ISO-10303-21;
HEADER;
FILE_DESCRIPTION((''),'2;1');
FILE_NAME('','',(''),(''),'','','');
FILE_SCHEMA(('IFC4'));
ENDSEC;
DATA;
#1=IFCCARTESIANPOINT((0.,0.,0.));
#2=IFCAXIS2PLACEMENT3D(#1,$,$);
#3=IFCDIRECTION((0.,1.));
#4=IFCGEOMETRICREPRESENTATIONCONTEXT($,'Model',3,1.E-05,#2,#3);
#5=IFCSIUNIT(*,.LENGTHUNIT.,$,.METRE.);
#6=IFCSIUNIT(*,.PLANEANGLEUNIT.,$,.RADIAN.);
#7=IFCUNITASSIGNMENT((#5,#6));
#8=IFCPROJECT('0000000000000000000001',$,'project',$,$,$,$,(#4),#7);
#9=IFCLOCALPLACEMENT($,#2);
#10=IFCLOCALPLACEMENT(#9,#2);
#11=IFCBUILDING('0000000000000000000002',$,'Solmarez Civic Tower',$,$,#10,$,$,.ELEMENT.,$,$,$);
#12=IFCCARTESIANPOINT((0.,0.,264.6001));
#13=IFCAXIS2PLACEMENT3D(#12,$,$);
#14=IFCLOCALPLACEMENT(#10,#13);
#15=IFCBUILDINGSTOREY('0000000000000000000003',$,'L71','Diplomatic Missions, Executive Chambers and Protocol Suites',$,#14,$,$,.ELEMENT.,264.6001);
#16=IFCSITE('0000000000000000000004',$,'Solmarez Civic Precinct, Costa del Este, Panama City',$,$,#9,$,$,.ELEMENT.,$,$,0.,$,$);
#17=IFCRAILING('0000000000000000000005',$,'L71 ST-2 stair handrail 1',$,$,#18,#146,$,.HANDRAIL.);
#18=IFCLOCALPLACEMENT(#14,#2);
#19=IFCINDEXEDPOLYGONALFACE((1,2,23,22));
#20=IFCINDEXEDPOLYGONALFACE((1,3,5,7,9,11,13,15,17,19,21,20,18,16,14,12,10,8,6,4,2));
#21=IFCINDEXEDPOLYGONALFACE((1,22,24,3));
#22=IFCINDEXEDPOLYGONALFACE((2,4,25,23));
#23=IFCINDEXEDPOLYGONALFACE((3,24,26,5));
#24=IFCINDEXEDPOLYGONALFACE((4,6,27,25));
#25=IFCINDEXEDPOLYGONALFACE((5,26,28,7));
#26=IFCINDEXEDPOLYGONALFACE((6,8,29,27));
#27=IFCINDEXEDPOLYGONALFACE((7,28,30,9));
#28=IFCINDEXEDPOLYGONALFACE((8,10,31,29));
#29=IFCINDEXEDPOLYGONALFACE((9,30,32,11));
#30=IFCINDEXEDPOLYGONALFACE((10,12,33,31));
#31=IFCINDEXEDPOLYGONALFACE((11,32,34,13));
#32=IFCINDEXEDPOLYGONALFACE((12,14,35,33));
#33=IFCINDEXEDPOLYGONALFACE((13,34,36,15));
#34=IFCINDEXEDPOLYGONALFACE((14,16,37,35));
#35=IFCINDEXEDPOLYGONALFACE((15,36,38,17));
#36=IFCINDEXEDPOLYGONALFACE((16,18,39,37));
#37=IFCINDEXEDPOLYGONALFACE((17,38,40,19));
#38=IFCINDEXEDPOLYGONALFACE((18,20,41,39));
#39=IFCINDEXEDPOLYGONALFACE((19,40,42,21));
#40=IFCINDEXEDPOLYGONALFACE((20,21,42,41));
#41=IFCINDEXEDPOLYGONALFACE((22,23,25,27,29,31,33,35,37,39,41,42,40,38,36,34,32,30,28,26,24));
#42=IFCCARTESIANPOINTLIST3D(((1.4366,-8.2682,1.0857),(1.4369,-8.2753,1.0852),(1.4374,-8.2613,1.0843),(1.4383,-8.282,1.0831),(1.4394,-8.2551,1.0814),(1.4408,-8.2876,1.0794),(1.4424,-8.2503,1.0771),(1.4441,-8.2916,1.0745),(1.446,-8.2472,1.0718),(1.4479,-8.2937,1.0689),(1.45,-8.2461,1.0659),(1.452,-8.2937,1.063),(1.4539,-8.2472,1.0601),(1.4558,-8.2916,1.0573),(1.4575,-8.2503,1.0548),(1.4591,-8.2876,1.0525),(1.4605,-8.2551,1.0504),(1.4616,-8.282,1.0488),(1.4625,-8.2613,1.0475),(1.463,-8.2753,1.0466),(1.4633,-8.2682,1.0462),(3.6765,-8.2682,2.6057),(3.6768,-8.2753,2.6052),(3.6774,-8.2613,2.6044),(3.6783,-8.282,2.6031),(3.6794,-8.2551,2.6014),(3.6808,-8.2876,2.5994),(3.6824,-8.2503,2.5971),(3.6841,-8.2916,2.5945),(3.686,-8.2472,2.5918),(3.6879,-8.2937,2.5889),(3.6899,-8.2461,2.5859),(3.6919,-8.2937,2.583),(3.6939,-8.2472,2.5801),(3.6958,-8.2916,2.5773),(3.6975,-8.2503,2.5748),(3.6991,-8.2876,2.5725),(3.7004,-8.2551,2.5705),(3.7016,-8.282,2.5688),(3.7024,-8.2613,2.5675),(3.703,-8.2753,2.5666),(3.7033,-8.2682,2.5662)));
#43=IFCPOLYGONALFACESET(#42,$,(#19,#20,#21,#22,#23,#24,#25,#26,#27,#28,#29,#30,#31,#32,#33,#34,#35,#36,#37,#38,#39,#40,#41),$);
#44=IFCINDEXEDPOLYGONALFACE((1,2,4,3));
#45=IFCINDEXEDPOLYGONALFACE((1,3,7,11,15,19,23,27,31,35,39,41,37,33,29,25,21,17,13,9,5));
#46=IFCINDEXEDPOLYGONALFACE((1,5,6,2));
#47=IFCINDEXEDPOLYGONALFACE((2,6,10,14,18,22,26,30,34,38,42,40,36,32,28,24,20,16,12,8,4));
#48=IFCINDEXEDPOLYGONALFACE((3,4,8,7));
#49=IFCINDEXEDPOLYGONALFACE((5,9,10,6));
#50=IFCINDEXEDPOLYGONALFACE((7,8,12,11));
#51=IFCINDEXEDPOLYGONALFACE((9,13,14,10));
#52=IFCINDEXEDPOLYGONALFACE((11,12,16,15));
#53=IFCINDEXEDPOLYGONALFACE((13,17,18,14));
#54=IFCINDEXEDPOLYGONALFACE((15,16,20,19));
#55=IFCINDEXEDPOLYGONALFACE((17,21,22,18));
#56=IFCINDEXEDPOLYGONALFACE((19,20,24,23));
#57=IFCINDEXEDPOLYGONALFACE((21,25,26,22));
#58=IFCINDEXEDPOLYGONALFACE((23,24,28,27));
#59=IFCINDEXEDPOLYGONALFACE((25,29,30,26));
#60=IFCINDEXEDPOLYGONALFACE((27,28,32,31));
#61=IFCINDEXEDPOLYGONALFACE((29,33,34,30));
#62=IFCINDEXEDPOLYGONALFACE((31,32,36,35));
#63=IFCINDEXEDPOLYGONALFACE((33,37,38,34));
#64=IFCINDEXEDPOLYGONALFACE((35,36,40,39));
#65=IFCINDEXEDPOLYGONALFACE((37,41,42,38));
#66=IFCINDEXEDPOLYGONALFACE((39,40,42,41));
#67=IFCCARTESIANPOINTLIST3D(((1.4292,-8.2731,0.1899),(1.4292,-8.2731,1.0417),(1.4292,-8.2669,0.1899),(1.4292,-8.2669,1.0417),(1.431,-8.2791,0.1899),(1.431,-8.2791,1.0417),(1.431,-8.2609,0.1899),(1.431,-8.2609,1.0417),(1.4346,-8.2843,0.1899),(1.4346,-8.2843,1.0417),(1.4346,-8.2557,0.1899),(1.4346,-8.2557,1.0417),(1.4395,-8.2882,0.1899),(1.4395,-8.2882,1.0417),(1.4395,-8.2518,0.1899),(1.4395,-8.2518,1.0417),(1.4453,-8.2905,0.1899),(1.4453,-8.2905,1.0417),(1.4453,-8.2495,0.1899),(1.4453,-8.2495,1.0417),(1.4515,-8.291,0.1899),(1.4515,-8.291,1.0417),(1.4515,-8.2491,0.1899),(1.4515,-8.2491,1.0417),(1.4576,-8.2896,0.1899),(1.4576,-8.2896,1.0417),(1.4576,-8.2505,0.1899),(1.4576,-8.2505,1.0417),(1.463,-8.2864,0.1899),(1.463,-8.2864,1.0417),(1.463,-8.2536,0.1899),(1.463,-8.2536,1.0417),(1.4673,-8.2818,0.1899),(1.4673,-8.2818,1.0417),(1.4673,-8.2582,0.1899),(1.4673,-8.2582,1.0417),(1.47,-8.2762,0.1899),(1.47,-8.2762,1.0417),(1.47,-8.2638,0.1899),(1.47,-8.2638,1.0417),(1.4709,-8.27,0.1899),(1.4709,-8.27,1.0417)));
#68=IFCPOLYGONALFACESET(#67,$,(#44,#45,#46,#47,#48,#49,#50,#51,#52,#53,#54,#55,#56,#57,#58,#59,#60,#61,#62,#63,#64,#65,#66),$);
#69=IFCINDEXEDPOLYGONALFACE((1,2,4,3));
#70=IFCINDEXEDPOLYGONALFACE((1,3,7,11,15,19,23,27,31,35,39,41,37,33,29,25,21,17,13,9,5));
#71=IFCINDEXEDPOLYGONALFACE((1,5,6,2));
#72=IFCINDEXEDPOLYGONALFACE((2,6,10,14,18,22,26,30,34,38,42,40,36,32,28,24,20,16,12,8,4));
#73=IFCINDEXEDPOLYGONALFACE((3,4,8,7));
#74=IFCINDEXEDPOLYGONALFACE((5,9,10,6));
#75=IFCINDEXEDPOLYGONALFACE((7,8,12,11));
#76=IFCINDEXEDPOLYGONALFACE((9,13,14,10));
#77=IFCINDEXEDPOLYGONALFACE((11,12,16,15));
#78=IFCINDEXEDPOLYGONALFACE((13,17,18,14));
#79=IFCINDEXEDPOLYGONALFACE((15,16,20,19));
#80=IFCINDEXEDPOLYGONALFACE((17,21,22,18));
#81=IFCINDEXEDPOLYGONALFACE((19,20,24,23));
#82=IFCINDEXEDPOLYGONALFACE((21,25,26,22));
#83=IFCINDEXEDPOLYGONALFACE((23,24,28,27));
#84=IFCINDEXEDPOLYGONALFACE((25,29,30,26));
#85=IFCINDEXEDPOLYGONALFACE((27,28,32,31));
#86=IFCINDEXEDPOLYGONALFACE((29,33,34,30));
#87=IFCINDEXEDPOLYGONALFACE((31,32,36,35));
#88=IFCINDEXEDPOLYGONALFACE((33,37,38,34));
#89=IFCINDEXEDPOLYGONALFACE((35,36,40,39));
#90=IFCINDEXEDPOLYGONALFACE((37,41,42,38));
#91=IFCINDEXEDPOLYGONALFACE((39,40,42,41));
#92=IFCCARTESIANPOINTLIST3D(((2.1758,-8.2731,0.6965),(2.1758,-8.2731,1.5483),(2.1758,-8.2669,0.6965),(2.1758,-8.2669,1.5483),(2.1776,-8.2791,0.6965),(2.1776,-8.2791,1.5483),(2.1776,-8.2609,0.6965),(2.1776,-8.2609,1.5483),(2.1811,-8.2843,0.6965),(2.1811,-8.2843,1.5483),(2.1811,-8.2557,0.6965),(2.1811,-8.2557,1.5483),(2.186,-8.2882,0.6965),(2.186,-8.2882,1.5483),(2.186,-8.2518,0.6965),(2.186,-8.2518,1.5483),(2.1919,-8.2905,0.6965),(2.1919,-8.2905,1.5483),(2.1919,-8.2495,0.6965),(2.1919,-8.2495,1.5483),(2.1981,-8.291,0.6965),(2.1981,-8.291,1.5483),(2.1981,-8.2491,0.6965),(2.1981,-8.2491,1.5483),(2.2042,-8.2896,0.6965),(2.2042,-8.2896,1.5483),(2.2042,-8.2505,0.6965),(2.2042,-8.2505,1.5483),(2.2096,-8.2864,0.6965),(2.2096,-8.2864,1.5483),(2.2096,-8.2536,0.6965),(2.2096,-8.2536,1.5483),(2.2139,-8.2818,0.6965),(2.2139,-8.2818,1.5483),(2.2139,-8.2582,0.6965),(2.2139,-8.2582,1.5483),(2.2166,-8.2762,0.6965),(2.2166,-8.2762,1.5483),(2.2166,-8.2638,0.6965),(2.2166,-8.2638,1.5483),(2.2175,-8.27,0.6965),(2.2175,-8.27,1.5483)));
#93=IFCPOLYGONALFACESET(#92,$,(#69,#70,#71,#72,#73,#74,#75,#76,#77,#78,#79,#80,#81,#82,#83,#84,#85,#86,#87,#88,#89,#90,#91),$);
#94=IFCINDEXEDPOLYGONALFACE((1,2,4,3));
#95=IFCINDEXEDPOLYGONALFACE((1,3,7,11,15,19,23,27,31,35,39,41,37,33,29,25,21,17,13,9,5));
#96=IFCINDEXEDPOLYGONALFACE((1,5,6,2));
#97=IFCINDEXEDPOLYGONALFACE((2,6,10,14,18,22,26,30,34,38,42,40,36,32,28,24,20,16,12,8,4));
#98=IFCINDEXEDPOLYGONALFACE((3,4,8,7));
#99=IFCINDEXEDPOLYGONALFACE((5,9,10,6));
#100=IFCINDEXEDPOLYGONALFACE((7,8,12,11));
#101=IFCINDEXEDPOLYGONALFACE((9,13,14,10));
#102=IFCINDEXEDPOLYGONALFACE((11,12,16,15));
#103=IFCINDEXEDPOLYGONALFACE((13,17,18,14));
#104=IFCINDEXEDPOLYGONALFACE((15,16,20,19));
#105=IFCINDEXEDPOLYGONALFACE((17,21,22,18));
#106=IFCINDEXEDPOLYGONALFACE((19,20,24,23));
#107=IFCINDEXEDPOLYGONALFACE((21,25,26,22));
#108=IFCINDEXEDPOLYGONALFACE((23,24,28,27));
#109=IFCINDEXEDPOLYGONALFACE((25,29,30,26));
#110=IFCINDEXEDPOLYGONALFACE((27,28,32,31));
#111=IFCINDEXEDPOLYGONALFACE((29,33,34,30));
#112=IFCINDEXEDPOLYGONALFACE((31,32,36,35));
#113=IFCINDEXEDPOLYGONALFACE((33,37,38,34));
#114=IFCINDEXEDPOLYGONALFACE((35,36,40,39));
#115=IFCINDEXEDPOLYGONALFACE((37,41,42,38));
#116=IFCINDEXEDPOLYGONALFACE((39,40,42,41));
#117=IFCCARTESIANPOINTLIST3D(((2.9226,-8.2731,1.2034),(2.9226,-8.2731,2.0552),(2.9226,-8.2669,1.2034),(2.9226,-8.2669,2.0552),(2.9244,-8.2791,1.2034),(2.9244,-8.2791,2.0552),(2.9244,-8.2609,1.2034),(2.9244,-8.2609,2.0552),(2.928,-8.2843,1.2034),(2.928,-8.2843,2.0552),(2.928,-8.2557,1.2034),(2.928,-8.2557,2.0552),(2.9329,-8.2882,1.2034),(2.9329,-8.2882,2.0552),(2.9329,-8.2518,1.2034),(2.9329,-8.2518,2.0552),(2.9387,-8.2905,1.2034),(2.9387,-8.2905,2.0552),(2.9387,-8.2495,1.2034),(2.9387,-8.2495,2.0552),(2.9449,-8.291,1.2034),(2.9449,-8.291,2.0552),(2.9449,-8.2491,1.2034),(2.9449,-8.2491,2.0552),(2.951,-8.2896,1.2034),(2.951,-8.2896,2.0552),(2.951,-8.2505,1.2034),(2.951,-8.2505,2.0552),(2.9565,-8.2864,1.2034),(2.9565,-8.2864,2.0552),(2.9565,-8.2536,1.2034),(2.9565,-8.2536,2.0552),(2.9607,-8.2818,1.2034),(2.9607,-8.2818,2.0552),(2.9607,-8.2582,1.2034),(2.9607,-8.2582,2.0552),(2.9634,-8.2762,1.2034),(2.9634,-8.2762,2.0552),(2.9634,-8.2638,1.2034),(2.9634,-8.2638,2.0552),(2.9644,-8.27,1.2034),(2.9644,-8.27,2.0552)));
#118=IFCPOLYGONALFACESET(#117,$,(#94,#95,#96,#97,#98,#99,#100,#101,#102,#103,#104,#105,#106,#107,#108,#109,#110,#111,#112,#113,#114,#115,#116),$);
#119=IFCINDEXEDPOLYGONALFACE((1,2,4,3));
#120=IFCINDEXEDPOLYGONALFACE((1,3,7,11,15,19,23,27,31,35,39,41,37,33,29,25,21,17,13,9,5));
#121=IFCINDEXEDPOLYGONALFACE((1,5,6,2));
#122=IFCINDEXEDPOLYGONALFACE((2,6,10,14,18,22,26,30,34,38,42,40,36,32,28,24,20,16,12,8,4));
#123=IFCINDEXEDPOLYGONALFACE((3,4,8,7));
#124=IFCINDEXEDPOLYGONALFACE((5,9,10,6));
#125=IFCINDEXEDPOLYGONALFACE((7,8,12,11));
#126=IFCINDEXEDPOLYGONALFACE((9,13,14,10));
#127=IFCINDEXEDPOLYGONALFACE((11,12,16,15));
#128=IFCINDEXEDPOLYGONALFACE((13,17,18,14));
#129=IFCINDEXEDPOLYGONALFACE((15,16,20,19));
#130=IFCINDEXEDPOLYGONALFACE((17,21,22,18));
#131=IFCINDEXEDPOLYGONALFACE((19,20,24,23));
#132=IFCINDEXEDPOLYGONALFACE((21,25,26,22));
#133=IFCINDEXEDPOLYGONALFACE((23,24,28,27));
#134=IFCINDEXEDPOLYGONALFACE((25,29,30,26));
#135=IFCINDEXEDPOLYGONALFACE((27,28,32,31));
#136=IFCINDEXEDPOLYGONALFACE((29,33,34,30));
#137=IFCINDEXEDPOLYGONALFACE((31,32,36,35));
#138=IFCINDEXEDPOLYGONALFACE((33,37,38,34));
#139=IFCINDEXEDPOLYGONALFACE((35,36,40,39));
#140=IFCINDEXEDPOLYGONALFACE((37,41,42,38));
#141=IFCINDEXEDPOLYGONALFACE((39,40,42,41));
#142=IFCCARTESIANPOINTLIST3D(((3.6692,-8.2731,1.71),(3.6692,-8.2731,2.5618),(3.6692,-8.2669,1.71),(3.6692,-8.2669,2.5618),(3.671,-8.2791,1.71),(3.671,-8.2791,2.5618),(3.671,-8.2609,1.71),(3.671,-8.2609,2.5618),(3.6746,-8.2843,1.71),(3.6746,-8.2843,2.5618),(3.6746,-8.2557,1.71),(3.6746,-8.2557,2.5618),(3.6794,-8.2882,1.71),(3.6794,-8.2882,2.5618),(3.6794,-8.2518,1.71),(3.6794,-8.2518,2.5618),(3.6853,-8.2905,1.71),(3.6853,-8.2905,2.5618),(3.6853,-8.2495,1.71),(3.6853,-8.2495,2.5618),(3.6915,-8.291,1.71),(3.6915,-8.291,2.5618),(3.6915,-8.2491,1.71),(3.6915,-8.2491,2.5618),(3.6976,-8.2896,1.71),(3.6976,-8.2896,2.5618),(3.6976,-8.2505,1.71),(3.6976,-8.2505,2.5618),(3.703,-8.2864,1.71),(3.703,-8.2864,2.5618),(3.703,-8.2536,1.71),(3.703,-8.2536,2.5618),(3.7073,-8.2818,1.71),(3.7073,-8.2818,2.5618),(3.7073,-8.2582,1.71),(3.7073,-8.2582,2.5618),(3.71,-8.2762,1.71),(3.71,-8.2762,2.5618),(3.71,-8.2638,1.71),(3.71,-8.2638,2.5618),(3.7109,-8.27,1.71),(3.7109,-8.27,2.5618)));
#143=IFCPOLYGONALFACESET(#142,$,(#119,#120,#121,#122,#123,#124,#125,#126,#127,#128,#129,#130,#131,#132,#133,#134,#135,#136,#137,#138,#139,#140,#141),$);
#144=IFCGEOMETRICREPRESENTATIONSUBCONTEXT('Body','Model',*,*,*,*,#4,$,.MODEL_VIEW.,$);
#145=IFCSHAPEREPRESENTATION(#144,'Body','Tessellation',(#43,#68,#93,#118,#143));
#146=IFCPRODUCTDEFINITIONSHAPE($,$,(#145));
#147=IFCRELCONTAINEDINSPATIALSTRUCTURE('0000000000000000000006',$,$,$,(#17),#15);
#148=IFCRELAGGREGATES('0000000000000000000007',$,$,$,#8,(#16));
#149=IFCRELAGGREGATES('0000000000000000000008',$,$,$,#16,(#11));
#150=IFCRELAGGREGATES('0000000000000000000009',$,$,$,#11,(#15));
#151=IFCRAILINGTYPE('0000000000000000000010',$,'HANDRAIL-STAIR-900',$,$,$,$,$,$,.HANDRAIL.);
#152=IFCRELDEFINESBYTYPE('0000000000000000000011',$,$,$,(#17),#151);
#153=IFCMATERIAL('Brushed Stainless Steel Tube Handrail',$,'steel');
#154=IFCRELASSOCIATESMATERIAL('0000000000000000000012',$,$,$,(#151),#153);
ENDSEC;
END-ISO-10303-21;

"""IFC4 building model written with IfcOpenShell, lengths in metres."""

from ifc_helpers import new_model, si_unit, direction, frame, origin, origin_2d, place, context, subcontext, project, spatial, circle, extrude, material, type_object, element, save


model = new_model("IFC4")

# Units and contexts
model_context = context("Model", 3, precision=1e-05, world=origin(), true_north=direction((0.0, 1.0)))
body_context = subcontext(model_context, "Body", "Model", "MODEL_VIEW")
ifc_project = project(units=[si_unit("LENGTHUNIT", "METRE"), si_unit("PLANEANGLEUNIT", "RADIAN")], contexts=[model_context])

# Site, building, storey
site_placement = place(None, origin())
site = spatial("IfcSite", under=ifc_project, at=site_placement, Name="Solmarez Civic Precinct, Costa del Este, Panama City", CompositionType="ELEMENT", RefElevation=0.0)
building_placement = place(site_placement, origin())
building = spatial("IfcBuilding", under=site, at=building_placement, Name="Solmarez Civic Tower", CompositionType="ELEMENT")
storey_placement = place(building_placement, frame((0.0, 0.0, 264.6001)))
storey = spatial("IfcBuildingStorey", under=building, at=storey_placement, Name="L71", Description="Diplomatic Missions, Executive Chambers and Protocol Suites", CompositionType="ELEMENT", Elevation=264.6001)

# Railing
ifc_material_1 = material(Name="Brushed Stainless Steel Tube Handrail", Category="steel")
railing_type_1 = type_object("IfcRailingType", Name="HANDRAIL-STAIR-900", PredefinedType="HANDRAIL", material=ifc_material_1)
railing_1_placement = place(storey_placement, frame((1.45, -8.27, 0.1899)))
element("IfcRailing", 1, at=railing_1_placement, inside=storey, type_object=railing_type_1, Name="L71 ST-2 stair handrail 1", PredefinedType="HANDRAIL", context=body_context, shape_type="SweptSolid", body=[
    extrude(circle(Radius=0.0239, at=origin_2d()), frame((0.0, 0.0, 0.876), z_axis=(0.827471, 0.0, 0.561508), x_axis=(0.0, 1.0, 0.0)), (0.0, 0.0, 1.0), 2.707),
    extrude(circle(Radius=0.021, at=origin_2d()), origin(), (0.0, 0.0, 1.0), 0.8518),
    extrude(circle(Radius=0.021, at=origin_2d()), frame((0.7466, 0.0, 0.5066)), (0.0, 0.0, 1.0), 0.8518),
    extrude(circle(Radius=0.021, at=origin_2d()), frame((1.4934, 0.0, 1.0134)), (0.0, 0.0, 1.0), 0.8518),
    extrude(circle(Radius=0.021, at=origin_2d()), frame((2.24, 0.0, 1.52)), (0.0, 0.0, 1.0), 0.8518),
])

save(model, "model.ifc")
